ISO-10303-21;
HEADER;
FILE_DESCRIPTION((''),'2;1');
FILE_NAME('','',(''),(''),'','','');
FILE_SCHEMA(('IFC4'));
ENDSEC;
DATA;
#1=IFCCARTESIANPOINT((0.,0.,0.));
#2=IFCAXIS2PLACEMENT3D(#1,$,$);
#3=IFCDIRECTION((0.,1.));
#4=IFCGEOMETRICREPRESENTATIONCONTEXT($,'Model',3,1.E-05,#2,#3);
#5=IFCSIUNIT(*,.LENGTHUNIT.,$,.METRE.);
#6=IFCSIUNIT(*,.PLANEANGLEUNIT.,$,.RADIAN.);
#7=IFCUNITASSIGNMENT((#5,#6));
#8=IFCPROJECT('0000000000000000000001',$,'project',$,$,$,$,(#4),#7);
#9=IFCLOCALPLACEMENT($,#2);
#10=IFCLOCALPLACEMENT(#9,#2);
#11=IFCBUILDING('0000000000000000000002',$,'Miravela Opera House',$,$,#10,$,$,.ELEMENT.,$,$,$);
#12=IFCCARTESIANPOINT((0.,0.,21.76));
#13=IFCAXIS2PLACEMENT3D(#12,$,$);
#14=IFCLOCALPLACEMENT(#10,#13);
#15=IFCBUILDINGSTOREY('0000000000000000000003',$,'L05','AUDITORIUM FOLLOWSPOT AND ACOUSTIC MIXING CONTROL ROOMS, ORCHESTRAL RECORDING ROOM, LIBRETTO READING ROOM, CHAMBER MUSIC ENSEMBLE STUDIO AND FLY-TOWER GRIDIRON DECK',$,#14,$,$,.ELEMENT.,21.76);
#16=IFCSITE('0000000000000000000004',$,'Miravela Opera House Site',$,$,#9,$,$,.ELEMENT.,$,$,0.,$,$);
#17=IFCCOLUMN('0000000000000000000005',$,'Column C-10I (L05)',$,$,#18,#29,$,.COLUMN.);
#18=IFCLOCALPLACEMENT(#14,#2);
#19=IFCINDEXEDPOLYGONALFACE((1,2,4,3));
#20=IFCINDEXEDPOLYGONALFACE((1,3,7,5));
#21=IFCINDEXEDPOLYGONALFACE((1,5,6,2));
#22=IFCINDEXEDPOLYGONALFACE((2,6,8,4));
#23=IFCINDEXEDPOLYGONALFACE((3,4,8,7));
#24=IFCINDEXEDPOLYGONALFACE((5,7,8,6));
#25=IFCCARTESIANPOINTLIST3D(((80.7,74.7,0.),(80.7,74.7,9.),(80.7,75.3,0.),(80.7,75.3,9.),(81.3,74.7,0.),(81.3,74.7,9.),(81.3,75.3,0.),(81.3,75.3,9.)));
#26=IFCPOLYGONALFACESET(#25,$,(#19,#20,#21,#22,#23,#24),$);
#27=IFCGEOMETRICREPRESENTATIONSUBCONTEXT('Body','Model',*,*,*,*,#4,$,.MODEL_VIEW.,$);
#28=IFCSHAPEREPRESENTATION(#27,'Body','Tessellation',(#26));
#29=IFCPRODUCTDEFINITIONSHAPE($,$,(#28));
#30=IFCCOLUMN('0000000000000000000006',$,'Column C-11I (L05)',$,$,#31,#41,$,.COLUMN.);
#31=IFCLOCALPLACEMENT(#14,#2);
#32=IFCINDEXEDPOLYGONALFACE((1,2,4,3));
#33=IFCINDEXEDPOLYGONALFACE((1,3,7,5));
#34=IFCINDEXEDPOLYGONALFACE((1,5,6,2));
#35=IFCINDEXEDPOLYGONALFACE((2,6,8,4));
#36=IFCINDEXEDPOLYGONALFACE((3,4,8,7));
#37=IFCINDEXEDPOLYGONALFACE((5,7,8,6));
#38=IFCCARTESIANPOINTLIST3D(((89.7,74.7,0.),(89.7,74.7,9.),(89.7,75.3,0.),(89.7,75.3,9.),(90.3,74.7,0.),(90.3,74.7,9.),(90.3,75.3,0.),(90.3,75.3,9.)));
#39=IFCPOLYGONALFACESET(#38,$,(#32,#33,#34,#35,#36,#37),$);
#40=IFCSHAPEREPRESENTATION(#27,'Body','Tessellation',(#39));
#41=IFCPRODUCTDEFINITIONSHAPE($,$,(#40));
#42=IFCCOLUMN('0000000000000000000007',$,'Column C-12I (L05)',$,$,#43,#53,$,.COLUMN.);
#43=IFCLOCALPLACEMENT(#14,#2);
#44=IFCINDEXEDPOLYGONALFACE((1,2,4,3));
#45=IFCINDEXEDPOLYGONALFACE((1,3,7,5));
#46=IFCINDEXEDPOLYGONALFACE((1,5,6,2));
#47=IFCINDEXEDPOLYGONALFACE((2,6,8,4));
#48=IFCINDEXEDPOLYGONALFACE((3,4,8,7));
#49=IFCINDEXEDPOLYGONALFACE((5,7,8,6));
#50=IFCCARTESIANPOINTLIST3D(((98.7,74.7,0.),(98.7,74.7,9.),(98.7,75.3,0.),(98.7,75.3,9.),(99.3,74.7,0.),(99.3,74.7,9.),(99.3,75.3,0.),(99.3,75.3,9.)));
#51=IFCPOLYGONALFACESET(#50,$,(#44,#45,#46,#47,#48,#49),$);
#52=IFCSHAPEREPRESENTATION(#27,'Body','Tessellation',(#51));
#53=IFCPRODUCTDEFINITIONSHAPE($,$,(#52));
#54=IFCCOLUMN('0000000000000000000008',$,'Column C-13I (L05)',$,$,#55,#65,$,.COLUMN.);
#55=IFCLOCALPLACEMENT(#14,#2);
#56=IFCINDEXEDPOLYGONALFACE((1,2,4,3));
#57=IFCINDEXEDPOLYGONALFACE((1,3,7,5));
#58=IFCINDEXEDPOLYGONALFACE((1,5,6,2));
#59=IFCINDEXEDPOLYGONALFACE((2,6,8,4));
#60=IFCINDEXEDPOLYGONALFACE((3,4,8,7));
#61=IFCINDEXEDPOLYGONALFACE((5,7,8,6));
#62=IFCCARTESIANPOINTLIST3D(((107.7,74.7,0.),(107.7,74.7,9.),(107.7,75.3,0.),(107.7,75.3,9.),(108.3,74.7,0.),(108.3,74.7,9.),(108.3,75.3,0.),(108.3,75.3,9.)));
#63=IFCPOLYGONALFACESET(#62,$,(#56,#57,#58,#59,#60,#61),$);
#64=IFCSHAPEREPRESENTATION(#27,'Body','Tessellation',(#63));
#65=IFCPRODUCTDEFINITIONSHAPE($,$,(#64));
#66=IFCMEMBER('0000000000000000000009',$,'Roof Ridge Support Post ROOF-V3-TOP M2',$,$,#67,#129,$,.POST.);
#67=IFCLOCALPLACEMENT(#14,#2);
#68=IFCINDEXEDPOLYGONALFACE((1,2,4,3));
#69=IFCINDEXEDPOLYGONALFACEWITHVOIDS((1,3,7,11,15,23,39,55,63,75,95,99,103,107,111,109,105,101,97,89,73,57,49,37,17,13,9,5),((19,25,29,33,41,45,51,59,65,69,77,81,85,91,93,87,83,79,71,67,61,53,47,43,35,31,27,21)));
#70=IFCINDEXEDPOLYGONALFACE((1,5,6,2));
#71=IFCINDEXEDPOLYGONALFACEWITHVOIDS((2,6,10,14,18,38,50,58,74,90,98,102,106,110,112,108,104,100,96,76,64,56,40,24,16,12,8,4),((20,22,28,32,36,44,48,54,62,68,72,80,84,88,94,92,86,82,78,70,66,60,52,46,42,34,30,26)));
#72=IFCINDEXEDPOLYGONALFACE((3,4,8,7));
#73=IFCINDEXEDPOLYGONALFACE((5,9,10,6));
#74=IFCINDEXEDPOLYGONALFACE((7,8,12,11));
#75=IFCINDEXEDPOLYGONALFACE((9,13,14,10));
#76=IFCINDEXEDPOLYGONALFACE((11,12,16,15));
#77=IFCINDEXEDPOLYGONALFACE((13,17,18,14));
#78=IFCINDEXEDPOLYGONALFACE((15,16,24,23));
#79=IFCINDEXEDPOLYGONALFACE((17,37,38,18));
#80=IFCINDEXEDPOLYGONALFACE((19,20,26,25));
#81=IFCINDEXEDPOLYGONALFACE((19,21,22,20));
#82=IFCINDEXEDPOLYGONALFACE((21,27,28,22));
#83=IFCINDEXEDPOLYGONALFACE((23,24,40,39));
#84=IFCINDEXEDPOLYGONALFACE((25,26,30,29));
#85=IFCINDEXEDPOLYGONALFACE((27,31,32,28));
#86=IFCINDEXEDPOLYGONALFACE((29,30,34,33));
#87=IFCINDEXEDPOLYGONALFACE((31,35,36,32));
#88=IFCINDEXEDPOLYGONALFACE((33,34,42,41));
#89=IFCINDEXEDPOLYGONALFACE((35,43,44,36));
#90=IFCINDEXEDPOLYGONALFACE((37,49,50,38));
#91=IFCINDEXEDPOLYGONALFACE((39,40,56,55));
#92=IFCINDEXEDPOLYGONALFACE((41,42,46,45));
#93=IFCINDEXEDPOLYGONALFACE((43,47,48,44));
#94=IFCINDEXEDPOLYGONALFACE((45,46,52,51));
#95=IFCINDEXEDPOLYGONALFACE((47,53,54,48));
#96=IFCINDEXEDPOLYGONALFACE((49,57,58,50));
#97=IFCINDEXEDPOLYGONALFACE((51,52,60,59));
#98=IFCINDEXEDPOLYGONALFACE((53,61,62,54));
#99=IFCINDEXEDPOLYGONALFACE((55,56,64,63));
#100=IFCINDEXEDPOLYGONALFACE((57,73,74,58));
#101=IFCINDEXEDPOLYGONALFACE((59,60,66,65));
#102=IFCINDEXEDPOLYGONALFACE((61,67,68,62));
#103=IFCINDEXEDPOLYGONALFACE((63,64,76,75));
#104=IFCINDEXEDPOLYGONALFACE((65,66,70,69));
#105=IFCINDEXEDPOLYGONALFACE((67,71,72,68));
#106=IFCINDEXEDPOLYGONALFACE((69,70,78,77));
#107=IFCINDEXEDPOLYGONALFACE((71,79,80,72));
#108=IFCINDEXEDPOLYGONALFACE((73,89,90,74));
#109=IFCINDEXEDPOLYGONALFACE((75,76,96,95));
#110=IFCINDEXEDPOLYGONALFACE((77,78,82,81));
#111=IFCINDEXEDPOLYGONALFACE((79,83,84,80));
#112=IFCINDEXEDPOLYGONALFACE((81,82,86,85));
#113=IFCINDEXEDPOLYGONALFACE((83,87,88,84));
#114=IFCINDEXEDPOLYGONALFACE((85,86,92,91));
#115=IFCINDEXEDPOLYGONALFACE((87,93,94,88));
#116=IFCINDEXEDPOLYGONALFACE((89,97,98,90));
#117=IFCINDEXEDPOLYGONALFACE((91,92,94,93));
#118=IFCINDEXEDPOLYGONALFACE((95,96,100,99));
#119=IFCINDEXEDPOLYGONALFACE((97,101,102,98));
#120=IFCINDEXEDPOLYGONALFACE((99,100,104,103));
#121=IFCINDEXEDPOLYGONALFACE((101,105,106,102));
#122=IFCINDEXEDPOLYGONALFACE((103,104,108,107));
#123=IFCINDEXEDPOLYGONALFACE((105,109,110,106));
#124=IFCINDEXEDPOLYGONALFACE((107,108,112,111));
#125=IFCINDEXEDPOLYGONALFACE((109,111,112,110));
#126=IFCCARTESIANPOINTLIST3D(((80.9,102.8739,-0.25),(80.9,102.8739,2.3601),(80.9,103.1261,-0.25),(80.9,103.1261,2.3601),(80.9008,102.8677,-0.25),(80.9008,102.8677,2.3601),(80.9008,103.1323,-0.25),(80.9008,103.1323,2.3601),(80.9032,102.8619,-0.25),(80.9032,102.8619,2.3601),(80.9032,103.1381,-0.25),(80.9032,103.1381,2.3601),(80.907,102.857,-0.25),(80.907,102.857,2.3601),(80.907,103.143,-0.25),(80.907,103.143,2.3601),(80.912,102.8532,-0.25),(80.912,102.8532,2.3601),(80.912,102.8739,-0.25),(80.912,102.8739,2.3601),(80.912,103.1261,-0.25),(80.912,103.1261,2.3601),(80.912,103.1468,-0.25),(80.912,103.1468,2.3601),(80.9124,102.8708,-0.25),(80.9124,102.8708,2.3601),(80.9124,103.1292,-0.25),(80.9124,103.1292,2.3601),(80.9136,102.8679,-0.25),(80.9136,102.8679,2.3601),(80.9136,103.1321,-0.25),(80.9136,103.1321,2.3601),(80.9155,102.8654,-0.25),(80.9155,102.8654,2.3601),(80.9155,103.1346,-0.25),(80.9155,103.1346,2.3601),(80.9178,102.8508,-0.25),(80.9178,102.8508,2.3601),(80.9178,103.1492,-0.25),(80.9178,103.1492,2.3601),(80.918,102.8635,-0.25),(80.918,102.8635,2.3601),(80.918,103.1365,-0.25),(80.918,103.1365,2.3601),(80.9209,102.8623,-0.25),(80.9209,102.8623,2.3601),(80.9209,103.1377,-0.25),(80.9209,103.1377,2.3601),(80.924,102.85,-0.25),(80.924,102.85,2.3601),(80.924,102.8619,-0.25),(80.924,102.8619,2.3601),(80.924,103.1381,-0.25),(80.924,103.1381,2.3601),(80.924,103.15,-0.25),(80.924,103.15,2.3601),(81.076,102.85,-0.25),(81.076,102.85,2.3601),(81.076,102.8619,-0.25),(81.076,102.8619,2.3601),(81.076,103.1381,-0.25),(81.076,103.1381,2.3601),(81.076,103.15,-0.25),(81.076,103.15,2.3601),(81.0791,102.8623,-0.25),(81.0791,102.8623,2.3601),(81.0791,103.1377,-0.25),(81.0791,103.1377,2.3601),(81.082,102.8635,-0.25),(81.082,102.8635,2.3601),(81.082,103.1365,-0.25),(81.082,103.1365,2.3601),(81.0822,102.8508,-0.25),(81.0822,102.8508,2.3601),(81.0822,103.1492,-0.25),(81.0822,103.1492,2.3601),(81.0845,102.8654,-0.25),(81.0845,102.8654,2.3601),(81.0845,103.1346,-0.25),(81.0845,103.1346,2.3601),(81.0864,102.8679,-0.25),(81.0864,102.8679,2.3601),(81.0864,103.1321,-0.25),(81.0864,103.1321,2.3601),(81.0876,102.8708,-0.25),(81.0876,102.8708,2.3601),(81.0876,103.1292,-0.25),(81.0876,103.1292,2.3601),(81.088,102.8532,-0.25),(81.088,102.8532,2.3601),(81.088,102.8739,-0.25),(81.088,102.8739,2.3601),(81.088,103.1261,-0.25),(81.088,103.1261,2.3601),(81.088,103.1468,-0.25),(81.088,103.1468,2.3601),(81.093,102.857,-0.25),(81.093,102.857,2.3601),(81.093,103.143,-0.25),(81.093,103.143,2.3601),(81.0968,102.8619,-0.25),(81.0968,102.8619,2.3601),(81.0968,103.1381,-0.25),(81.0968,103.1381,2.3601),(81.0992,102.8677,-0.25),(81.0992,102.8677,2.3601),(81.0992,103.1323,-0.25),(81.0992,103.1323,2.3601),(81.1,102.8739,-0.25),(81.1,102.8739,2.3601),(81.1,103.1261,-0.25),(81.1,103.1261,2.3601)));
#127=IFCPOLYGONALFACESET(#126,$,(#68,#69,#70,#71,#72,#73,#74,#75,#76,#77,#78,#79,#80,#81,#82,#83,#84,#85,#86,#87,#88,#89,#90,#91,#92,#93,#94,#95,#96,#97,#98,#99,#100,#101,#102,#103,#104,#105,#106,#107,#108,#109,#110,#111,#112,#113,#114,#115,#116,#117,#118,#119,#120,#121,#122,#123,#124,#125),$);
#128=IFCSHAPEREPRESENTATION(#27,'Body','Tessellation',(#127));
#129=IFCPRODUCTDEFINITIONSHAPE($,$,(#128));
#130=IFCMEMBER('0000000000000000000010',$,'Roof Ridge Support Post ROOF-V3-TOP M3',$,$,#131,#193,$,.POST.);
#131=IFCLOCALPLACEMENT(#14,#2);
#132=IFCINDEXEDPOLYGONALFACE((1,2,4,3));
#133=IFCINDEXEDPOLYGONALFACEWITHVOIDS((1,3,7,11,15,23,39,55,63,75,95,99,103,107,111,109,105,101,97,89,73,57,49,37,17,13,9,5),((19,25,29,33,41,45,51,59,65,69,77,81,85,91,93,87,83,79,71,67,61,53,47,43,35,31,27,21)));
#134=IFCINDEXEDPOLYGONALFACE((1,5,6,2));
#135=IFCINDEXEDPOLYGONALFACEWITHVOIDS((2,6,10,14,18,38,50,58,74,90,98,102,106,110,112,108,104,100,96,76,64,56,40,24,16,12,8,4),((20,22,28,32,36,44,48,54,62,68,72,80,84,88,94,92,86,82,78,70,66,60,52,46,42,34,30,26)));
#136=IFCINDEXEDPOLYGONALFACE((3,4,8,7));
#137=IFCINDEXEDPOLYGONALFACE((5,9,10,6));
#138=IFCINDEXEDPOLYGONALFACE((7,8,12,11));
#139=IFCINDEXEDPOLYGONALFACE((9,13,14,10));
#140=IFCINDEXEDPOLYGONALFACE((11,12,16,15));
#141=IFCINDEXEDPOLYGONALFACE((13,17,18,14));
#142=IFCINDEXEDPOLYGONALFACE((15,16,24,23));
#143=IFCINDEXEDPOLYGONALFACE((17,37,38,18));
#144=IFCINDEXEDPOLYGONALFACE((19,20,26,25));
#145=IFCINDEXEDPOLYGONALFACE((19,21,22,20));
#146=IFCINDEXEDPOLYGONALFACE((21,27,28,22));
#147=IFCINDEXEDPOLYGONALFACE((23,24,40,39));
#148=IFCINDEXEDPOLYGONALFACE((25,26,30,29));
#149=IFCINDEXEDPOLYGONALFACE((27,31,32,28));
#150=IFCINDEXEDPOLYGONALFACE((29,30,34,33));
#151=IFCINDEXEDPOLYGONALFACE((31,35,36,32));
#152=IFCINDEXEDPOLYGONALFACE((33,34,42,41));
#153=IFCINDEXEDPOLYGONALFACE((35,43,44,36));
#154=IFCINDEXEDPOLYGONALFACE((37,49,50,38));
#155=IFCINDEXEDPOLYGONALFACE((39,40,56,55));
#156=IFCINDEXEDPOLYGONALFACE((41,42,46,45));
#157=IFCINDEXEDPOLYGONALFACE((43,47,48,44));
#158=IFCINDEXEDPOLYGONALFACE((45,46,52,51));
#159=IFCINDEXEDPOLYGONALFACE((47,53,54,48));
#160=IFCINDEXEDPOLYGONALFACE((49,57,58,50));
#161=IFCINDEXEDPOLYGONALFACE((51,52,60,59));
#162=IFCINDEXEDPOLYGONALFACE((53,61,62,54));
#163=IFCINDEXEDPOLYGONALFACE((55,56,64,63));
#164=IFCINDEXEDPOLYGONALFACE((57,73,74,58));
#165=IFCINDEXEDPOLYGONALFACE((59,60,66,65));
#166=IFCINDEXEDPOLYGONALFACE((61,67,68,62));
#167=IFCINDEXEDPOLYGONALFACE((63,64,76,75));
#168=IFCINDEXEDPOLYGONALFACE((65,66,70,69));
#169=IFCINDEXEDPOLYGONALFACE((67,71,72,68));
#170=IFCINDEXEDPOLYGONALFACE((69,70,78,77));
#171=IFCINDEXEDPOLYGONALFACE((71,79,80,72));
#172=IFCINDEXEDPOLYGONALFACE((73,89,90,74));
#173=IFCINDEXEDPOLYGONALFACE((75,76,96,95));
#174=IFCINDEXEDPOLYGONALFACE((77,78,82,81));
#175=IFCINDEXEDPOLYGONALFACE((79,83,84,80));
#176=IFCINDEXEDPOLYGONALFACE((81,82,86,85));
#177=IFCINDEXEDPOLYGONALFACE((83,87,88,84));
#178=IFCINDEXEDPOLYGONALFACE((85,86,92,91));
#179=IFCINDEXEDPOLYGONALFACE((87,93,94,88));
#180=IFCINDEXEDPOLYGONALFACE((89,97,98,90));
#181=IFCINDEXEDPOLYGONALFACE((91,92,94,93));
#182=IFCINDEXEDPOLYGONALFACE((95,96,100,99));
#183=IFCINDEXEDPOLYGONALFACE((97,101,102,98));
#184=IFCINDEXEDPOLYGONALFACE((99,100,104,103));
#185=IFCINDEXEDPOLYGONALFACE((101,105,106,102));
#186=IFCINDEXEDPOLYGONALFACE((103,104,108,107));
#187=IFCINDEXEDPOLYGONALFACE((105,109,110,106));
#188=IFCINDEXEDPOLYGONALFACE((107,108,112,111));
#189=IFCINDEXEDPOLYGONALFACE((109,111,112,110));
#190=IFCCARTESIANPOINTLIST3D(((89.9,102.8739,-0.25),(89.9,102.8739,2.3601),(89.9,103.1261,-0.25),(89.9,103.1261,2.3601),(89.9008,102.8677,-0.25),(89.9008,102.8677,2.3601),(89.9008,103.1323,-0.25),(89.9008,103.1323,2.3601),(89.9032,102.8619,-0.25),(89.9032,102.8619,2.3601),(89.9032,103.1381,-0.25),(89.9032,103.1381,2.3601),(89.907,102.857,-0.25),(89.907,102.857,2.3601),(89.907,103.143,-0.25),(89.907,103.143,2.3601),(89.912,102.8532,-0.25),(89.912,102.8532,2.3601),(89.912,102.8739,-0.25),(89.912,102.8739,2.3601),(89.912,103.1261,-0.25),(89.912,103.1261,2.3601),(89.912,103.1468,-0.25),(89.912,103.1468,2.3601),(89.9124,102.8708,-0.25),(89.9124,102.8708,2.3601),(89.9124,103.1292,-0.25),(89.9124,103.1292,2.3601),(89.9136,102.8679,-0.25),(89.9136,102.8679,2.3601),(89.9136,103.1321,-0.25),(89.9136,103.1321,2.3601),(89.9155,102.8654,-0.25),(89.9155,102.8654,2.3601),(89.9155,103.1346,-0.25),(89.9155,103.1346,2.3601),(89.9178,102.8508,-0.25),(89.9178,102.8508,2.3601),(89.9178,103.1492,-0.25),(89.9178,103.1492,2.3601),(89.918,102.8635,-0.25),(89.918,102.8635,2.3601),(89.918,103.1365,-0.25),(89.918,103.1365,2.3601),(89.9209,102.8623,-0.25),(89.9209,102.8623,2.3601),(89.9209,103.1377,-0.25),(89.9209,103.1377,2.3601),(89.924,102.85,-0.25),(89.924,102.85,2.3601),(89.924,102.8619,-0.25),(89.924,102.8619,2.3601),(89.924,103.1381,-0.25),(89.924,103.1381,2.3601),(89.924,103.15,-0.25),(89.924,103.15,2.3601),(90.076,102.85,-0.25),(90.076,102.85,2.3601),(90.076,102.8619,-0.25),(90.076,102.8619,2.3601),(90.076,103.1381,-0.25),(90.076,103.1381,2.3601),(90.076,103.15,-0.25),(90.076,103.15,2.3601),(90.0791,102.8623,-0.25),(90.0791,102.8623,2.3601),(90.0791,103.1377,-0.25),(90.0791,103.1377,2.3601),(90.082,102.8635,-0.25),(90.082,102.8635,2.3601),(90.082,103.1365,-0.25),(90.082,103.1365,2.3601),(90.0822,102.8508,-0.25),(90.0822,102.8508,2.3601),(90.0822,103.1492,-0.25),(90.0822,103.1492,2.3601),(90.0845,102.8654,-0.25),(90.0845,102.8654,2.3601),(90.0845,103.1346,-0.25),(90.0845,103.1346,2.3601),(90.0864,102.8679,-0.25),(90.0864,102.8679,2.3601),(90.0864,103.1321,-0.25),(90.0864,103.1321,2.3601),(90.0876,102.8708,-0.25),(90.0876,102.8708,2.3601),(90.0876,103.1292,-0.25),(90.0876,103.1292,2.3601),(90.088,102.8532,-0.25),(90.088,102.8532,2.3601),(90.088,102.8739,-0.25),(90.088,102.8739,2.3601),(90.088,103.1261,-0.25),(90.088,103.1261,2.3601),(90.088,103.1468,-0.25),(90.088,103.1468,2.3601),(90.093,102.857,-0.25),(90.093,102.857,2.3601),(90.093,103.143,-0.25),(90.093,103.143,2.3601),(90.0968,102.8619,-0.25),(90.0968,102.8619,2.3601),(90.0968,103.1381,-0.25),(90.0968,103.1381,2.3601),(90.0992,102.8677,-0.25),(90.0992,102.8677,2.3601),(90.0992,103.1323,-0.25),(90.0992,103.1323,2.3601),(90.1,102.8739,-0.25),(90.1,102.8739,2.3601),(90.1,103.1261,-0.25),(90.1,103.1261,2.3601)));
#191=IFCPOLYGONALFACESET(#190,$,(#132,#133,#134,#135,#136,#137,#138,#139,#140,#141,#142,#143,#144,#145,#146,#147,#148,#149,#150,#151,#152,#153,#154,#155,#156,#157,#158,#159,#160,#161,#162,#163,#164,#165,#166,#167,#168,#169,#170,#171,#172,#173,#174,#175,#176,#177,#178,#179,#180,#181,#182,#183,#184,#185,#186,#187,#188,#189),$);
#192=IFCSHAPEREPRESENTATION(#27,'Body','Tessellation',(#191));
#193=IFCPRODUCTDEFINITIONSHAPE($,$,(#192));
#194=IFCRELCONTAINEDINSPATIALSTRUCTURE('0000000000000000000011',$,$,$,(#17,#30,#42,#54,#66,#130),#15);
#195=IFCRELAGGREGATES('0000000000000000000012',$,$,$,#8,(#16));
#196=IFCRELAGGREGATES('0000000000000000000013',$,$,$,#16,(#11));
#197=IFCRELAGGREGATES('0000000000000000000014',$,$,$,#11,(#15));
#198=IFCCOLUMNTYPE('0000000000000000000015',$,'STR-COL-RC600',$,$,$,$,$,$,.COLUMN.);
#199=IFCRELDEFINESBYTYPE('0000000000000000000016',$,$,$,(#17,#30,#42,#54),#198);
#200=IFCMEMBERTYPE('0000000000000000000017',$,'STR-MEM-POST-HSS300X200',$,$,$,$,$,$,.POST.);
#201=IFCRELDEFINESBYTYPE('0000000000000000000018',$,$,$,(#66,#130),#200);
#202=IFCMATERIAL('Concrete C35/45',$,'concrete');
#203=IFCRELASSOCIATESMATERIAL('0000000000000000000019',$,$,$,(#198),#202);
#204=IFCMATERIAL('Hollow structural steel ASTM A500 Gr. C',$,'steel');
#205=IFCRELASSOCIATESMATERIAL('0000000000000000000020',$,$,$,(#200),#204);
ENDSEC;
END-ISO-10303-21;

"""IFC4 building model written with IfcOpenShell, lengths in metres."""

from ifc_helpers import new_model, si_unit, direction, frame, origin, origin_2d, place, context, subcontext, project, spatial, rectangle, hollow_rectangle, extrude, material, material_profile, profile_set, type_object, element, save


model = new_model("IFC4")

# Units and contexts
model_context = context("Model", 3, precision=1e-05, world=origin(), true_north=direction((0.0, 1.0)))
body_context = subcontext(model_context, "Body", "Model", "MODEL_VIEW")
ifc_project = project(units=[si_unit("LENGTHUNIT", "METRE"), si_unit("PLANEANGLEUNIT", "RADIAN")], contexts=[model_context])

# Site, building, storey
site_placement = place(None, origin())
site = spatial("IfcSite", under=ifc_project, at=site_placement, Name="Miravela Opera House Site", CompositionType="ELEMENT", RefElevation=0.0)
building_placement = place(site_placement, origin())
building = spatial("IfcBuilding", under=site, at=building_placement, Name="Miravela Opera House", CompositionType="ELEMENT")
storey_placement = place(building_placement, frame((0.0, 0.0, 21.76)))
storey = spatial("IfcBuildingStorey", under=building, at=storey_placement, Name="L05", Description="AUDITORIUM FOLLOWSPOT AND ACOUSTIC MIXING CONTROL ROOMS, ORCHESTRAL RECORDING ROOM, LIBRETTO READING ROOM, CHAMBER MUSIC ENSEMBLE STUDIO AND FLY-TOWER GRIDIRON DECK", CompositionType="ELEMENT", Elevation=21.76)

# Columns
ifc_material_1 = material(Name="Concrete C35/45", Category="concrete")
ifc_material_profile_1 = material_profile(ifc_material_1, rectangle(XDim=0.6001, YDim=0.6001, at=origin_2d()), Name="RC-COL-600X600")
ifc_profile_set_1 = profile_set([ifc_material_profile_1])
column_type = type_object("IfcColumnType", Name="STR-COL-RC600", PredefinedType="COLUMN", material=ifc_profile_set_1)
for number, where, z_axis, x_axis, name in (
    (1, (81.0, 75.0, 0.0), (0.0, 0.0, 1.0), (1.0, 0.0, 0.0), "Column C-10I (L05)"),
    (2, (90.0, 75.0, 0.0), (0.0, 0.0, 1.0), (1.0, 0.0, 0.0), "Column C-11I (L05)"),
    (3, (99.0, 75.0, 0.0), (0.0, 0.0, 1.0), (1.0, 0.0, 0.0), "Column C-12I (L05)"),
    (4, (108.0, 75.0, 0.0), (0.0, 0.0, 1.0), (1.0, 0.0, 0.0), "Column C-13I (L05)"),
):
    element("IfcColumn", number, at=place(storey_placement, frame(where, z_axis=z_axis, x_axis=x_axis)), inside=storey, type_object=column_type, Name=name, PredefinedType="COLUMN", context=body_context, shape_type="SweptSolid", body=[
        extrude(rectangle(XDim=0.6001, YDim=0.6001, at=origin_2d()), origin(), (0.0, 0.0, 1.0), 9.0),
    ])

# Members
ifc_material_2 = material(Name="Hollow structural steel ASTM A500 Gr. C", Category="steel")
ifc_material_profile_2 = material_profile(ifc_material_2, hollow_rectangle(XDim=0.2, YDim=0.3, WallThickness=0.012, InnerFilletRadius=0.012, OuterFilletRadius=0.0239, at=origin_2d()), Name="HSS300X200X12")
ifc_profile_set_2 = profile_set([ifc_material_profile_2])
member_type_1 = type_object("IfcMemberType", Name="STR-MEM-POST-HSS300X200", PredefinedType="POST", material=ifc_profile_set_2)
for number, where, z_axis, x_axis, name in (
    (5, (81.0, 103.0, -0.25), (0.0, 0.0, 1.0), (1.0, 0.0, 0.0), "Roof Ridge Support Post ROOF-V3-TOP M2"),
    (6, (90.0, 103.0, -0.25), (0.0, 0.0, 1.0), (1.0, 0.0, 0.0), "Roof Ridge Support Post ROOF-V3-TOP M3"),
):
    element("IfcMember", number, at=place(storey_placement, frame(where, z_axis=z_axis, x_axis=x_axis)), inside=storey, type_object=member_type_1, Name=name, PredefinedType="POST", context=body_context, shape_type="SweptSolid", body=[
        extrude(hollow_rectangle(XDim=0.2, YDim=0.3, WallThickness=0.012, InnerFilletRadius=0.012, OuterFilletRadius=0.0239, at=origin_2d()), origin(), (0.0, 0.0, 1.0), 2.6101),
    ])

save(model, "model.ifc")
